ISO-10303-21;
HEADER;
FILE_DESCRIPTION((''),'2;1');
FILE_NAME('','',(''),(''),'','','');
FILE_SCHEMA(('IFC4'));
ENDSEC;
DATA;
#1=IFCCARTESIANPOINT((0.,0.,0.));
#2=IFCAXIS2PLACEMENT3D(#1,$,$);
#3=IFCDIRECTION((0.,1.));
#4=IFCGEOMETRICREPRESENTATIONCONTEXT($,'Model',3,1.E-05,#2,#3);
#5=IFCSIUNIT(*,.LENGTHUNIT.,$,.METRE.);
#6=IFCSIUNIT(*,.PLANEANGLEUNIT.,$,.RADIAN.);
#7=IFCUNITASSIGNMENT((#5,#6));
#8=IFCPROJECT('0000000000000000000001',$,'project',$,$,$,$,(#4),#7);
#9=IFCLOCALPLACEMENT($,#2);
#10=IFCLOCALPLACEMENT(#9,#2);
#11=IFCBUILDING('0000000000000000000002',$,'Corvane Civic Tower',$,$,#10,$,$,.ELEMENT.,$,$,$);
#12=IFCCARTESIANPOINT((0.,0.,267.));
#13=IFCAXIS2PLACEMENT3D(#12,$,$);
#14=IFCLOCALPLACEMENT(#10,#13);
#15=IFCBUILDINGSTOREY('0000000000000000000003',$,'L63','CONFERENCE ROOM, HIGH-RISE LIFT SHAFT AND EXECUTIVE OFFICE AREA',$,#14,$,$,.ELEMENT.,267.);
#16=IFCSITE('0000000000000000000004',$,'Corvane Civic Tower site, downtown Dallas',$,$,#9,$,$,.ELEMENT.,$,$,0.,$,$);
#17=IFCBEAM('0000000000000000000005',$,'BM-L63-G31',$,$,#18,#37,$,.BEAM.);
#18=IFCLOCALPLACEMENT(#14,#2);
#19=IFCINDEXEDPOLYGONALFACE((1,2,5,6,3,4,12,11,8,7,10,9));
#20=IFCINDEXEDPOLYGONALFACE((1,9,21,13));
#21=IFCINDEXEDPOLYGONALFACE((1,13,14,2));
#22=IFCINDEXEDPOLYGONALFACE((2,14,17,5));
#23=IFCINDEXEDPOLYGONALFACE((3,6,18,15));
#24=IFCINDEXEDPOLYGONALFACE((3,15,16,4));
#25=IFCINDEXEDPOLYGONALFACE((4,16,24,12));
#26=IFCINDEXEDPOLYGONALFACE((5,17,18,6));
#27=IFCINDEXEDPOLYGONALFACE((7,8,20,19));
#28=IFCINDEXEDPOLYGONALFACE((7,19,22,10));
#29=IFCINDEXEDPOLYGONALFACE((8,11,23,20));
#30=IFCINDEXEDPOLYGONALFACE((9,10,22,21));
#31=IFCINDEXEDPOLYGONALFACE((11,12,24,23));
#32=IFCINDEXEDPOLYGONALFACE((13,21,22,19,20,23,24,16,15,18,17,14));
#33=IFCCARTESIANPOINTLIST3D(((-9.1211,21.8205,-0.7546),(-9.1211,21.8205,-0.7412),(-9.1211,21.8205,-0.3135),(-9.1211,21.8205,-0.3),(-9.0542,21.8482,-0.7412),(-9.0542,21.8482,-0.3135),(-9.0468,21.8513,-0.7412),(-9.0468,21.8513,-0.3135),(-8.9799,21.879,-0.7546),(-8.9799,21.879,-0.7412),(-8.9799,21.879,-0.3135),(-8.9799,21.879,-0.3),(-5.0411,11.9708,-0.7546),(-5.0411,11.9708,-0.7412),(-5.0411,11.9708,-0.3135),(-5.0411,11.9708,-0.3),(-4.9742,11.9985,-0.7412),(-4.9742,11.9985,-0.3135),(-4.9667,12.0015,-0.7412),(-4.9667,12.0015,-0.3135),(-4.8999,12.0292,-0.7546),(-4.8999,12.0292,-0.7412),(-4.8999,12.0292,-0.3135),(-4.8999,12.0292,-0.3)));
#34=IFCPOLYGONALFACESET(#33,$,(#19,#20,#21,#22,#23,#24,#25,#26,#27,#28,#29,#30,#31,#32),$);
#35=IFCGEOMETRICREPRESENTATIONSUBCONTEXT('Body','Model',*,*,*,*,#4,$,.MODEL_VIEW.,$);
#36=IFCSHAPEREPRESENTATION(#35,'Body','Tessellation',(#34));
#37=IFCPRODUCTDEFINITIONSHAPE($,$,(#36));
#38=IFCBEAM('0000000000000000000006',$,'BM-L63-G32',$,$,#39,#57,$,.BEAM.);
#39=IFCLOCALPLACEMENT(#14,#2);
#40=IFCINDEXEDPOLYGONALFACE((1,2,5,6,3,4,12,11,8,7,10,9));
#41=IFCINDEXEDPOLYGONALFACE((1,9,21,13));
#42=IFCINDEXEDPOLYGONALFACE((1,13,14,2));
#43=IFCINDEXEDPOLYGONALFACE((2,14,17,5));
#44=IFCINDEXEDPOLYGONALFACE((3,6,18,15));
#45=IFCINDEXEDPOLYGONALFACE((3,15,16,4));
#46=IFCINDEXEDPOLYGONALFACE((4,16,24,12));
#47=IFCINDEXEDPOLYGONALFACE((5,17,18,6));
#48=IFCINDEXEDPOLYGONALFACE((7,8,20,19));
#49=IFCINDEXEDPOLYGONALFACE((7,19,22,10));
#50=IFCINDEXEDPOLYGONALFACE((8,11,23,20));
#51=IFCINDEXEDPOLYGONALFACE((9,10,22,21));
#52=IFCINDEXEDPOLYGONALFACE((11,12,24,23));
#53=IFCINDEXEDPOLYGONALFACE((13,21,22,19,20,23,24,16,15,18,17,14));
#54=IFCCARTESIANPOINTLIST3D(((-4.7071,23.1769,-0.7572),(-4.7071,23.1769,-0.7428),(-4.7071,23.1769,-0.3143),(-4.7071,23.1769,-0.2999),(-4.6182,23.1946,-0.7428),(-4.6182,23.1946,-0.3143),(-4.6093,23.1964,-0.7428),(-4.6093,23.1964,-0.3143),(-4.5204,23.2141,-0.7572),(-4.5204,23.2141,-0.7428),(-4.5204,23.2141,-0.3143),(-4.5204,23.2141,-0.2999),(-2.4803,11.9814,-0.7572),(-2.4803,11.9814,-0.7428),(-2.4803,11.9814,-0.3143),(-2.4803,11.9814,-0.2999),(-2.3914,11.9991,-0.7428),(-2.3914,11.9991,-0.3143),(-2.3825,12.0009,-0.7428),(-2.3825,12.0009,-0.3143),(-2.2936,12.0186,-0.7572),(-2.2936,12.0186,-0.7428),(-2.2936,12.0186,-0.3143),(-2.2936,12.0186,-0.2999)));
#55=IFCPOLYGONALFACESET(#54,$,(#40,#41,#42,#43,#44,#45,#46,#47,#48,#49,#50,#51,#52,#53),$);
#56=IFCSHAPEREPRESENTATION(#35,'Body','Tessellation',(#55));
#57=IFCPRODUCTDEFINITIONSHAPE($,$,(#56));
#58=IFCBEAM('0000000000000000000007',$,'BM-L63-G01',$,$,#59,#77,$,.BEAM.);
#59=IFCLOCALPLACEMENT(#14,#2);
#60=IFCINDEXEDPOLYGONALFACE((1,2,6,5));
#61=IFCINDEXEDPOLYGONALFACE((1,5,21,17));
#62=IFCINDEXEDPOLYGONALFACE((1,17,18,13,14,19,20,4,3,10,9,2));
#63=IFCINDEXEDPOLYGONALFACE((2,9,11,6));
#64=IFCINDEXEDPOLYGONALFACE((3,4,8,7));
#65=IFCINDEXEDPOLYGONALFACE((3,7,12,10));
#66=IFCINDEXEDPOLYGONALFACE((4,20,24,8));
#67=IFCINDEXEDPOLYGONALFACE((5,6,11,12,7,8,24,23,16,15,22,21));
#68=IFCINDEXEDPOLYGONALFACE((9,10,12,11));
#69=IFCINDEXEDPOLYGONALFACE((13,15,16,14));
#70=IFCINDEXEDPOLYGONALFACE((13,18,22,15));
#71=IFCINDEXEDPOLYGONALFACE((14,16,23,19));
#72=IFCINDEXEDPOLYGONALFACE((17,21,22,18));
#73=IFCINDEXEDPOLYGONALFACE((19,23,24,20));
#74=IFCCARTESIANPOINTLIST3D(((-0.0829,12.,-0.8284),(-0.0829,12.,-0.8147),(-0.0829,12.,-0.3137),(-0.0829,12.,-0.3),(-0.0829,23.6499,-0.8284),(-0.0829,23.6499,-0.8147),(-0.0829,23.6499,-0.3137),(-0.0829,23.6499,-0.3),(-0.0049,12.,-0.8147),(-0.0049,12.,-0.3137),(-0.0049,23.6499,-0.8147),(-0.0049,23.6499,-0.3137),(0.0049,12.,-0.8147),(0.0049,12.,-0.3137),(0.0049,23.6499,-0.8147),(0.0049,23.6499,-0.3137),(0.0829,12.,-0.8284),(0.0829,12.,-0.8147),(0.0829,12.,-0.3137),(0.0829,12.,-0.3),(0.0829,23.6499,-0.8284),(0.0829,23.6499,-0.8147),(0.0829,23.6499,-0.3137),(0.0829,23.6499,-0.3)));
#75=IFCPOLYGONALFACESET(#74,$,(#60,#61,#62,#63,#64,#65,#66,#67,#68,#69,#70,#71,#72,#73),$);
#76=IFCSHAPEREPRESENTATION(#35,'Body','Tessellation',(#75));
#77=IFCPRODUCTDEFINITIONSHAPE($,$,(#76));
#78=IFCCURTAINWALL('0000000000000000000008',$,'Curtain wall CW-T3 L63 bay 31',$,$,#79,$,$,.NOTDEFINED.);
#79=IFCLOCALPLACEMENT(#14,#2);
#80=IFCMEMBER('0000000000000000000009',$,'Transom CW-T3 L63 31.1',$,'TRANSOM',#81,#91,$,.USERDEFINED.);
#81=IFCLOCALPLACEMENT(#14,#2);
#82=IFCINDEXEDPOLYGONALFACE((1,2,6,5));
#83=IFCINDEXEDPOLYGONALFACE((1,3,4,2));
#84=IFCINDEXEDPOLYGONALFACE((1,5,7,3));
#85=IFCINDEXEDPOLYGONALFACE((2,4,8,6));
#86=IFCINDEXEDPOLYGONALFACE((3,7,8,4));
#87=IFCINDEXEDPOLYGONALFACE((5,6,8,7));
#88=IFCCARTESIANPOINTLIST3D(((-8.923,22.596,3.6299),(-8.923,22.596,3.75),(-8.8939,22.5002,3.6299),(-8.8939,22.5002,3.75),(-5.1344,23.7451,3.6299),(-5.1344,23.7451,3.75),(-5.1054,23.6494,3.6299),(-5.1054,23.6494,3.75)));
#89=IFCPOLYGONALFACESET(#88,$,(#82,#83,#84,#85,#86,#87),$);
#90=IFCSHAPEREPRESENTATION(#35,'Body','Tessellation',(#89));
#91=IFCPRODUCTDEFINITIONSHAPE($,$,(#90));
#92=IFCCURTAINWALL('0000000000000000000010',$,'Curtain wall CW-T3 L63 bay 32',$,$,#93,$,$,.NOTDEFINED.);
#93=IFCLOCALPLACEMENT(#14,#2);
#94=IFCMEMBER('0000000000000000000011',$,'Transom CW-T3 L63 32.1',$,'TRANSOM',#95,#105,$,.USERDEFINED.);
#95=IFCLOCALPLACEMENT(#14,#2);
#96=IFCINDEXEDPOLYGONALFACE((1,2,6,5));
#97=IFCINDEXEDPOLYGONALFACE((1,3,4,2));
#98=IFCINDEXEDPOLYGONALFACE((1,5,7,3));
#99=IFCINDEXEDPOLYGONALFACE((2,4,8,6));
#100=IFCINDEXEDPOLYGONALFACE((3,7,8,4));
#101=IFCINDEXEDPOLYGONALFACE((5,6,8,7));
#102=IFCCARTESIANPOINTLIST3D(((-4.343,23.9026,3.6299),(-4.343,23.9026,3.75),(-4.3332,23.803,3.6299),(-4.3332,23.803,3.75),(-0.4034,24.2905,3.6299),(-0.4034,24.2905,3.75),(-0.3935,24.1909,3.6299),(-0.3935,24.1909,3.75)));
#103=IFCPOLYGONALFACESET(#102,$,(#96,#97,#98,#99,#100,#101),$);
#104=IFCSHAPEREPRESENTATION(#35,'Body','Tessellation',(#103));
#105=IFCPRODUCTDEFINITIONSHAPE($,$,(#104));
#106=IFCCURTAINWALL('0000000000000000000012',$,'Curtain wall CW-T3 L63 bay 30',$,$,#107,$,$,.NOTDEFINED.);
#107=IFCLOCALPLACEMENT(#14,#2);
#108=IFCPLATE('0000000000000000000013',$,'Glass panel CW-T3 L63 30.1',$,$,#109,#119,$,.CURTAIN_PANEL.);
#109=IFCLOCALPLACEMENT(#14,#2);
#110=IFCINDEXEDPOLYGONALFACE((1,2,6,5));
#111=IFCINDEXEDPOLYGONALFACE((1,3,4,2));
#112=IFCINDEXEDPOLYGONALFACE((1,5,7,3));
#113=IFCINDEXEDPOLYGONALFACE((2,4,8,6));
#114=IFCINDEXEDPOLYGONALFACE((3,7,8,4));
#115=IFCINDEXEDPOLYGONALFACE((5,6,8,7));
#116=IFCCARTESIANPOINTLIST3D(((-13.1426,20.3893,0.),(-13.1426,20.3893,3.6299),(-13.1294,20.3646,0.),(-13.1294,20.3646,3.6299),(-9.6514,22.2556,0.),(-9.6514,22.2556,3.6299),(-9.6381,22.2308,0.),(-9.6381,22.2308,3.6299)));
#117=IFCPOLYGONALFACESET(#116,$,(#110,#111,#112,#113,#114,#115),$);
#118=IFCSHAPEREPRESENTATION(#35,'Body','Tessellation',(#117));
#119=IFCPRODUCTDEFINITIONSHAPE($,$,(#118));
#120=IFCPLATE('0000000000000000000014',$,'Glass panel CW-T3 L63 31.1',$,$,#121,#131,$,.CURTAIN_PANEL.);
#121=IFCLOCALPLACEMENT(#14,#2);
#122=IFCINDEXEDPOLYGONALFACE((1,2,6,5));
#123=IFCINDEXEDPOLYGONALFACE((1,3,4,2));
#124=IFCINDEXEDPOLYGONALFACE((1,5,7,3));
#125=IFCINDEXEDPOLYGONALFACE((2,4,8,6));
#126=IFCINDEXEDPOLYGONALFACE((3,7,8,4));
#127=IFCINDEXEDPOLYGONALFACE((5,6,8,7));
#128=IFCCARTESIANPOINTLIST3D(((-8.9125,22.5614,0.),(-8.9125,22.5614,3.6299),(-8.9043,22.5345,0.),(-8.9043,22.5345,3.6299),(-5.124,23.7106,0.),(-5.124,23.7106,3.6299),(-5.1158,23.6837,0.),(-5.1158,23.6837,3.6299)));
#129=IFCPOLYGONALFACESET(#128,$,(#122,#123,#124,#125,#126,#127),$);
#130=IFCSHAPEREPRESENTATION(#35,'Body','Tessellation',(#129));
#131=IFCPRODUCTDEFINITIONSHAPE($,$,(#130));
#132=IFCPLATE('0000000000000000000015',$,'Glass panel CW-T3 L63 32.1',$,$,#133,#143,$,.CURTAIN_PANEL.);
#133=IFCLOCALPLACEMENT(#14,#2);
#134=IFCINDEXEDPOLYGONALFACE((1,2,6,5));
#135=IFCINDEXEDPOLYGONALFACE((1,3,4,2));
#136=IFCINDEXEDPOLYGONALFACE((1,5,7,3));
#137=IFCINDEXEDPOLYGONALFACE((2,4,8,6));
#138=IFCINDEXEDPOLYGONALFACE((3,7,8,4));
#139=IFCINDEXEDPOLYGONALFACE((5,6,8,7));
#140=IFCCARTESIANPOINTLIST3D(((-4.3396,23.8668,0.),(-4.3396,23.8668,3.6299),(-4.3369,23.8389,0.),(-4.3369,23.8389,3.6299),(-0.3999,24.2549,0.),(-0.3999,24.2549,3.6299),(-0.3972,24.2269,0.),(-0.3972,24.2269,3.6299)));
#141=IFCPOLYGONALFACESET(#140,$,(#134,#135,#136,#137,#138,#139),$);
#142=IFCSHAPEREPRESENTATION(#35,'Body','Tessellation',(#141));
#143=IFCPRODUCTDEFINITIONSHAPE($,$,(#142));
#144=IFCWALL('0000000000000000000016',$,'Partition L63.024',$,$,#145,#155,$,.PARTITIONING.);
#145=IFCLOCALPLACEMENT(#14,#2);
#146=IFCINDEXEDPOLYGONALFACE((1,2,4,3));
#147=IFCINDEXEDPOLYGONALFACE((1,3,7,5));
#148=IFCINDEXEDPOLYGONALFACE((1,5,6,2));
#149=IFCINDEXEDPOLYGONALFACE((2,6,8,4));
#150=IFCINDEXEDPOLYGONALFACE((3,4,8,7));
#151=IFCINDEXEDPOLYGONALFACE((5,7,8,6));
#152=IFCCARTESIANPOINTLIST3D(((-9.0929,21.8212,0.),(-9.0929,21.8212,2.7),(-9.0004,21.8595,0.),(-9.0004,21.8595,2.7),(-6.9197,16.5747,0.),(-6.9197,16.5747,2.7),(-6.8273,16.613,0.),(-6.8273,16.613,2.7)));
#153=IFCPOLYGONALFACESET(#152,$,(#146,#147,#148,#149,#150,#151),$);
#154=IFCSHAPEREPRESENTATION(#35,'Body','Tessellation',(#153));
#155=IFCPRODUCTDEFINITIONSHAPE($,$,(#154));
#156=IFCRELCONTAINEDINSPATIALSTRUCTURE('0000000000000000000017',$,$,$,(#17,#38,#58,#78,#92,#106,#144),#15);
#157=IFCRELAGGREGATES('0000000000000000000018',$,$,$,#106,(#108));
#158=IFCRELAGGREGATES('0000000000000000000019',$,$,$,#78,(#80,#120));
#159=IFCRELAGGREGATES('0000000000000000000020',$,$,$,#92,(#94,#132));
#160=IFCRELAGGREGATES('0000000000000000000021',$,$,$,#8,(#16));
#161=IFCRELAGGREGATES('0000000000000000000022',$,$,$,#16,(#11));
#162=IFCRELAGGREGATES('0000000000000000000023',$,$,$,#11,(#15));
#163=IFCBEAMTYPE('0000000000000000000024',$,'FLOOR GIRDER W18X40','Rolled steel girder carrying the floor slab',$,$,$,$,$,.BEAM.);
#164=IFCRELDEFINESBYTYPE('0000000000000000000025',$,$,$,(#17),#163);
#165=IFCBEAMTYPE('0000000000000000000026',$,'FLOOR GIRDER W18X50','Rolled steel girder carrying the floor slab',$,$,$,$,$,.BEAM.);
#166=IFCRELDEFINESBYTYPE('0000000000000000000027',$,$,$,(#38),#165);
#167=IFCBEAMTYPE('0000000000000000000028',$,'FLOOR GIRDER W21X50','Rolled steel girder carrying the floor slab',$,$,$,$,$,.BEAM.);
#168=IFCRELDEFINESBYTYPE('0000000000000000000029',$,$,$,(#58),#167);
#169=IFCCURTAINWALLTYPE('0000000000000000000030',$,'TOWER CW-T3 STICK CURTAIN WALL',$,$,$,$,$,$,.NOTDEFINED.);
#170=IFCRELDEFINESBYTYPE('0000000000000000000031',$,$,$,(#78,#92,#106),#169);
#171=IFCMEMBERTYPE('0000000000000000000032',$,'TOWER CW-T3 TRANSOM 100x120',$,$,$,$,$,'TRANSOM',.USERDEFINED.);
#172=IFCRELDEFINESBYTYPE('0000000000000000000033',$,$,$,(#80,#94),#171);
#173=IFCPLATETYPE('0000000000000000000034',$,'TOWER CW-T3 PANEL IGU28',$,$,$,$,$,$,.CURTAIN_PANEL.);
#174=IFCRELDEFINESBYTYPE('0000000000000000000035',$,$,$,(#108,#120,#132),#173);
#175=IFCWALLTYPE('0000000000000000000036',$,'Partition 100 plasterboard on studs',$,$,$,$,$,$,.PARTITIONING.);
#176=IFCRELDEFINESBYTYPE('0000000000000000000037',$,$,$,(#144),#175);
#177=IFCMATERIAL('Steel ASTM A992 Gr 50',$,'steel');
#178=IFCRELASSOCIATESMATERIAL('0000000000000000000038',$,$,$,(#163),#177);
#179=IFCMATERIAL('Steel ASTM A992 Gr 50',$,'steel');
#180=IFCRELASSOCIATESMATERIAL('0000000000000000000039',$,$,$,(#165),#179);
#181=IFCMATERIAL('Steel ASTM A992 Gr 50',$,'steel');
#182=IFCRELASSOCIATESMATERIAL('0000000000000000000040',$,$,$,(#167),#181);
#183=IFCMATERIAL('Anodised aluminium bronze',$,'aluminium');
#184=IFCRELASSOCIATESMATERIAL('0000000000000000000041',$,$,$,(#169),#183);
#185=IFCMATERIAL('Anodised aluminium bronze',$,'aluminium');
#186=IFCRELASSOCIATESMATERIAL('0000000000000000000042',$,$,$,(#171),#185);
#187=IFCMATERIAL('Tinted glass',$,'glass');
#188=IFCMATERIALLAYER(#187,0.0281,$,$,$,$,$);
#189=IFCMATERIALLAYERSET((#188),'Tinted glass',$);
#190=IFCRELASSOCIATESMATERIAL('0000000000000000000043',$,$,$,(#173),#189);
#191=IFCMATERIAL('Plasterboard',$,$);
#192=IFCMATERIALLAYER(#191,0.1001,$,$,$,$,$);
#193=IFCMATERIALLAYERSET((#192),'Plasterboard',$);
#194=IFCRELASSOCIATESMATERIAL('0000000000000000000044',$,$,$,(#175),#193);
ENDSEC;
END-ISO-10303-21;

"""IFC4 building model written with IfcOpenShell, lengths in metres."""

from ifc_helpers import new_model, si_unit, direction, frame, frame_2d, origin, origin_2d, place, context, subcontext, project, spatial, rectangle, i_section, extrude, material, layer, layer_set, material_profile, profile_set, type_object, element, aggregate, save


model = new_model("IFC4")

# Units and contexts
model_context = context("Model", 3, precision=1e-05, world=origin(), true_north=direction((0.0, 1.0)))
body_context = subcontext(model_context, "Body", "Model", "MODEL_VIEW")
ifc_project = project(units=[si_unit("LENGTHUNIT", "METRE"), si_unit("PLANEANGLEUNIT", "RADIAN")], contexts=[model_context])

# Site, building, storey
site_placement = place(None, origin())
site = spatial("IfcSite", under=ifc_project, at=site_placement, Name="Corvane Civic Tower site, downtown Dallas", CompositionType="ELEMENT", RefElevation=0.0)
building_placement = place(site_placement, origin())
building = spatial("IfcBuilding", under=site, at=building_placement, Name="Corvane Civic Tower", CompositionType="ELEMENT")
storey_placement = place(building_placement, frame((0.0, 0.0, 267.0)))
storey = spatial("IfcBuildingStorey", under=building, at=storey_placement, Name="L63", Description="CONFERENCE ROOM, HIGH-RISE LIFT SHAFT AND EXECUTIVE OFFICE AREA", CompositionType="ELEMENT", Elevation=267.0)

# Beams
ifc_material_1 = material(Name="Steel ASTM A992 Gr 50", Category="steel")
ifc_material_profile_1 = material_profile(ifc_material_1, i_section(OverallWidth=0.1528, OverallDepth=0.4546, WebThickness=0.0081, FlangeThickness=0.0134, at=origin_2d()), Name="W18X40")
ifc_profile_set_1 = profile_set([ifc_material_profile_1], Name="Steel ASTM A992 Gr 50")
beam_type_1 = type_object("IfcBeamType", Name="FLOOR GIRDER W18X40", Description="Rolled steel girder carrying the floor slab", PredefinedType="BEAM", material=ifc_profile_set_1)
beam_1_placement = place(storey_placement, frame((-4.9705, 12.0, -0.5273), z_axis=(-0.382694, 0.923875, 0.0), x_axis=(-0.923875, -0.382694, 0.0)))
element("IfcBeam", 1, at=beam_1_placement, inside=storey, type_object=beam_type_1, Name="BM-L63-G31", PredefinedType="BEAM", context=body_context, shape_type="SweptSolid", body=[
    extrude(i_section(OverallWidth=0.1528, OverallDepth=0.4546, WebThickness=0.0081, FlangeThickness=0.0134, at=origin_2d()), origin(), (0.0, 0.0, 1.0), 10.6614),
])
ifc_material_2 = material(Name="Steel ASTM A992 Gr 50", Category="steel")
ifc_material_profile_2 = material_profile(ifc_material_2, i_section(OverallWidth=0.1904, OverallDepth=0.4573, WebThickness=0.009, FlangeThickness=0.0144, at=origin_2d()), Name="W18X50")
ifc_profile_set_2 = profile_set([ifc_material_profile_2], Name="Steel ASTM A992 Gr 50")
beam_type_2 = type_object("IfcBeamType", Name="FLOOR GIRDER W18X50", Description="Rolled steel girder carrying the floor slab", PredefinedType="BEAM", material=ifc_profile_set_2)
beam_2_placement = place(storey_placement, frame((-2.387, 12.0, -0.5286), z_axis=(-0.19508, 0.980787, 0.0), x_axis=(-0.980787, -0.19508, 0.0)))
element("IfcBeam", 2, at=beam_2_placement, inside=storey, type_object=beam_type_2, Name="BM-L63-G32", PredefinedType="BEAM", context=body_context, shape_type="SweptSolid", body=[
    extrude(i_section(OverallWidth=0.1904, OverallDepth=0.4573, WebThickness=0.009, FlangeThickness=0.0144, at=origin_2d()), origin(), (0.0, 0.0, 1.0), 11.4148),
])
ifc_material_3 = material(Name="Steel ASTM A992 Gr 50", Category="steel")
ifc_material_profile_3 = material_profile(ifc_material_3, i_section(OverallWidth=0.1658, OverallDepth=0.5283, WebThickness=0.0098, FlangeThickness=0.0137, at=origin_2d()), Name="W21X50")
ifc_profile_set_3 = profile_set([ifc_material_profile_3], Name="Steel ASTM A992 Gr 50")
beam_type_3 = type_object("IfcBeamType", Name="FLOOR GIRDER W21X50", Description="Rolled steel girder carrying the floor slab", PredefinedType="BEAM", material=ifc_profile_set_3)
beam_3_placement = place(storey_placement, frame((0.0, 12.0, -0.5642), z_axis=(0.0, 1.0, 0.0), x_axis=(-1.0, 0.0, 0.0)))
element("IfcBeam", 3, at=beam_3_placement, inside=storey, type_object=beam_type_3, Name="BM-L63-G01", PredefinedType="BEAM", context=body_context, shape_type="SweptSolid", body=[
    extrude(i_section(OverallWidth=0.1658, OverallDepth=0.5283, WebThickness=0.0098, FlangeThickness=0.0137, at=origin_2d()), origin(), (0.0, 0.0, 1.0), 11.6499),
])

# Curtain walls, members
ifc_material_4 = material(Name="Anodised aluminium bronze", Category="aluminium")
curtain_wall_type = type_object("IfcCurtainWallType", Name="TOWER CW-T3 STICK CURTAIN WALL", PredefinedType="NOTDEFINED", material=ifc_material_4)
curtain_wall_1_placement = place(storey_placement, origin())
curtain_wall_1 = element("IfcCurtainWall", 4, at=curtain_wall_1_placement, inside=storey, type_object=curtain_wall_type, Name="Curtain wall CW-T3 L63 bay 31", PredefinedType="NOTDEFINED")
ifc_material_5 = material(Name="Anodised aluminium bronze", Category="aluminium")
ifc_material_profile_4 = material_profile(ifc_material_5, rectangle(XDim=0.1001, YDim=0.1201, at=origin_2d()), Name="TOWER CW-T3 TRANSOM 100x120")
ifc_profile_set_4 = profile_set([ifc_material_profile_4], Name="Anodised aluminium bronze")
member_type = type_object("IfcMemberType", Name="TOWER CW-T3 TRANSOM 100x120", ElementType="TRANSOM", PredefinedType="USERDEFINED", material=ifc_profile_set_4)
member_1_placement = place(storey_placement, frame((-8.9084, 22.5481, 3.6899), z_axis=(0.956946, 0.290266, 0.0), x_axis=(-0.290266, 0.956946, 0.0)))
member_1 = element("IfcMember", 5, at=member_1_placement, type_object=member_type, Name="Transom CW-T3 L63 31.1", ObjectType="TRANSOM", PredefinedType="USERDEFINED", context=body_context, shape_type="SweptSolid", body=[
    extrude(rectangle(XDim=0.1001, YDim=0.1201, at=origin_2d()), origin(), (0.0, 0.0, 1.0), 3.959),
])
curtain_wall_2_placement = place(storey_placement, origin())
curtain_wall_2 = element("IfcCurtainWall", 6, at=curtain_wall_2_placement, inside=storey, type_object=curtain_wall_type, Name="Curtain wall CW-T3 L63 bay 32", PredefinedType="NOTDEFINED")
member_2_placement = place(storey_placement, frame((-4.3381, 23.8528, 3.6899), z_axis=(0.995187, 0.097995, 0.0), x_axis=(-0.097995, 0.995187, 0.0)))
member_2 = element("IfcMember", 7, at=member_2_placement, type_object=member_type, Name="Transom CW-T3 L63 32.1", ObjectType="TRANSOM", PredefinedType="USERDEFINED", context=body_context, shape_type="SweptSolid", body=[
    extrude(rectangle(XDim=0.1001, YDim=0.1201, at=origin_2d()), origin(), (0.0, 0.0, 1.0), 3.9587),
])

# Curtain wall, plate
curtain_wall_3_placement = place(storey_placement, origin())
curtain_wall_3 = element("IfcCurtainWall", 8, at=curtain_wall_3_placement, inside=storey, type_object=curtain_wall_type, Name="Curtain wall CW-T3 L63 bay 30", PredefinedType="NOTDEFINED")
ifc_material_6 = material(Name="Tinted glass", Category="glass")
ifc_layer_1 = layer(ifc_material_6, 0.0281)
ifc_layer_set_1 = layer_set([ifc_layer_1], Name="Tinted glass")
plate_type = type_object("IfcPlateType", Name="TOWER CW-T3 PANEL IGU28", PredefinedType="CURTAIN_PANEL", material=ifc_layer_set_1)
plate_1_placement = place(storey_placement, frame((-11.3904, 21.3101, 0.0), z_axis=(0.0, 0.0, 1.0), x_axis=(0.881908, 0.471421, 0.0)))
plate_1 = element("IfcPlate", 9, at=plate_1_placement, type_object=plate_type, Name="Glass panel CW-T3 L63 30.1", PredefinedType="CURTAIN_PANEL", context=body_context, shape_type="SweptSolid", body=[
    extrude(rectangle(XDim=3.9587, YDim=0.0281, at=origin_2d()), origin(), (0.0, 0.0, 1.0), 3.6299),
])
aggregate(curtain_wall_3, [plate_1])

# Plates
plate_2_placement = place(storey_placement, frame((-7.0142, 23.1226, 0.0), z_axis=(0.0, 0.0, 1.0), x_axis=(0.956944, 0.290274, 0.0)))
plate_2 = element("IfcPlate", 10, at=plate_2_placement, type_object=plate_type, Name="Glass panel CW-T3 L63 31.1", PredefinedType="CURTAIN_PANEL", context=body_context, shape_type="SweptSolid", body=[
    extrude(rectangle(XDim=3.959, YDim=0.0281, at=origin_2d()), origin(), (0.0, 0.0, 1.0), 3.6299),
])
aggregate(curtain_wall_1, [member_1, plate_2])
plate_3_placement = place(storey_placement, frame((-2.3684, 24.0469, 0.0), z_axis=(0.0, 0.0, 1.0), x_axis=(0.995184, 0.098021, 0.0)))
plate_3 = element("IfcPlate", 11, at=plate_3_placement, type_object=plate_type, Name="Glass panel CW-T3 L63 32.1", PredefinedType="CURTAIN_PANEL", context=body_context, shape_type="SweptSolid", body=[
    extrude(rectangle(XDim=3.9587, YDim=0.0281, at=origin_2d()), origin(), (0.0, 0.0, 1.0), 3.6299),
])
aggregate(curtain_wall_2, [member_2, plate_3])

# Wall
ifc_material_7 = material(Name="Plasterboard")
ifc_layer_2 = layer(ifc_material_7, 0.1001)
ifc_layer_set_2 = layer_set([ifc_layer_2], Name="Plasterboard")
wall_type = type_object("IfcWallType", Name="Partition 100 plasterboard on studs", PredefinedType="PARTITIONING", material=ifc_layer_set_2)
wall_placement = place(storey_placement, frame((-9.0466, 21.8403, 0.0), z_axis=(0.0, 0.0, 1.0), x_axis=(0.382682, -0.92388, 0.0)))
element("IfcWall", 12, at=wall_placement, inside=storey, type_object=wall_type, Name="Partition L63.024", PredefinedType="PARTITIONING", context=body_context, shape_type="SweptSolid", body=[
    extrude(rectangle(XDim=5.6787, YDim=0.1001, at=frame_2d((2.8394, 0.0))), origin(), (0.0, 0.0, 1.0), 2.7),
])

save(model, "model.ifc")
